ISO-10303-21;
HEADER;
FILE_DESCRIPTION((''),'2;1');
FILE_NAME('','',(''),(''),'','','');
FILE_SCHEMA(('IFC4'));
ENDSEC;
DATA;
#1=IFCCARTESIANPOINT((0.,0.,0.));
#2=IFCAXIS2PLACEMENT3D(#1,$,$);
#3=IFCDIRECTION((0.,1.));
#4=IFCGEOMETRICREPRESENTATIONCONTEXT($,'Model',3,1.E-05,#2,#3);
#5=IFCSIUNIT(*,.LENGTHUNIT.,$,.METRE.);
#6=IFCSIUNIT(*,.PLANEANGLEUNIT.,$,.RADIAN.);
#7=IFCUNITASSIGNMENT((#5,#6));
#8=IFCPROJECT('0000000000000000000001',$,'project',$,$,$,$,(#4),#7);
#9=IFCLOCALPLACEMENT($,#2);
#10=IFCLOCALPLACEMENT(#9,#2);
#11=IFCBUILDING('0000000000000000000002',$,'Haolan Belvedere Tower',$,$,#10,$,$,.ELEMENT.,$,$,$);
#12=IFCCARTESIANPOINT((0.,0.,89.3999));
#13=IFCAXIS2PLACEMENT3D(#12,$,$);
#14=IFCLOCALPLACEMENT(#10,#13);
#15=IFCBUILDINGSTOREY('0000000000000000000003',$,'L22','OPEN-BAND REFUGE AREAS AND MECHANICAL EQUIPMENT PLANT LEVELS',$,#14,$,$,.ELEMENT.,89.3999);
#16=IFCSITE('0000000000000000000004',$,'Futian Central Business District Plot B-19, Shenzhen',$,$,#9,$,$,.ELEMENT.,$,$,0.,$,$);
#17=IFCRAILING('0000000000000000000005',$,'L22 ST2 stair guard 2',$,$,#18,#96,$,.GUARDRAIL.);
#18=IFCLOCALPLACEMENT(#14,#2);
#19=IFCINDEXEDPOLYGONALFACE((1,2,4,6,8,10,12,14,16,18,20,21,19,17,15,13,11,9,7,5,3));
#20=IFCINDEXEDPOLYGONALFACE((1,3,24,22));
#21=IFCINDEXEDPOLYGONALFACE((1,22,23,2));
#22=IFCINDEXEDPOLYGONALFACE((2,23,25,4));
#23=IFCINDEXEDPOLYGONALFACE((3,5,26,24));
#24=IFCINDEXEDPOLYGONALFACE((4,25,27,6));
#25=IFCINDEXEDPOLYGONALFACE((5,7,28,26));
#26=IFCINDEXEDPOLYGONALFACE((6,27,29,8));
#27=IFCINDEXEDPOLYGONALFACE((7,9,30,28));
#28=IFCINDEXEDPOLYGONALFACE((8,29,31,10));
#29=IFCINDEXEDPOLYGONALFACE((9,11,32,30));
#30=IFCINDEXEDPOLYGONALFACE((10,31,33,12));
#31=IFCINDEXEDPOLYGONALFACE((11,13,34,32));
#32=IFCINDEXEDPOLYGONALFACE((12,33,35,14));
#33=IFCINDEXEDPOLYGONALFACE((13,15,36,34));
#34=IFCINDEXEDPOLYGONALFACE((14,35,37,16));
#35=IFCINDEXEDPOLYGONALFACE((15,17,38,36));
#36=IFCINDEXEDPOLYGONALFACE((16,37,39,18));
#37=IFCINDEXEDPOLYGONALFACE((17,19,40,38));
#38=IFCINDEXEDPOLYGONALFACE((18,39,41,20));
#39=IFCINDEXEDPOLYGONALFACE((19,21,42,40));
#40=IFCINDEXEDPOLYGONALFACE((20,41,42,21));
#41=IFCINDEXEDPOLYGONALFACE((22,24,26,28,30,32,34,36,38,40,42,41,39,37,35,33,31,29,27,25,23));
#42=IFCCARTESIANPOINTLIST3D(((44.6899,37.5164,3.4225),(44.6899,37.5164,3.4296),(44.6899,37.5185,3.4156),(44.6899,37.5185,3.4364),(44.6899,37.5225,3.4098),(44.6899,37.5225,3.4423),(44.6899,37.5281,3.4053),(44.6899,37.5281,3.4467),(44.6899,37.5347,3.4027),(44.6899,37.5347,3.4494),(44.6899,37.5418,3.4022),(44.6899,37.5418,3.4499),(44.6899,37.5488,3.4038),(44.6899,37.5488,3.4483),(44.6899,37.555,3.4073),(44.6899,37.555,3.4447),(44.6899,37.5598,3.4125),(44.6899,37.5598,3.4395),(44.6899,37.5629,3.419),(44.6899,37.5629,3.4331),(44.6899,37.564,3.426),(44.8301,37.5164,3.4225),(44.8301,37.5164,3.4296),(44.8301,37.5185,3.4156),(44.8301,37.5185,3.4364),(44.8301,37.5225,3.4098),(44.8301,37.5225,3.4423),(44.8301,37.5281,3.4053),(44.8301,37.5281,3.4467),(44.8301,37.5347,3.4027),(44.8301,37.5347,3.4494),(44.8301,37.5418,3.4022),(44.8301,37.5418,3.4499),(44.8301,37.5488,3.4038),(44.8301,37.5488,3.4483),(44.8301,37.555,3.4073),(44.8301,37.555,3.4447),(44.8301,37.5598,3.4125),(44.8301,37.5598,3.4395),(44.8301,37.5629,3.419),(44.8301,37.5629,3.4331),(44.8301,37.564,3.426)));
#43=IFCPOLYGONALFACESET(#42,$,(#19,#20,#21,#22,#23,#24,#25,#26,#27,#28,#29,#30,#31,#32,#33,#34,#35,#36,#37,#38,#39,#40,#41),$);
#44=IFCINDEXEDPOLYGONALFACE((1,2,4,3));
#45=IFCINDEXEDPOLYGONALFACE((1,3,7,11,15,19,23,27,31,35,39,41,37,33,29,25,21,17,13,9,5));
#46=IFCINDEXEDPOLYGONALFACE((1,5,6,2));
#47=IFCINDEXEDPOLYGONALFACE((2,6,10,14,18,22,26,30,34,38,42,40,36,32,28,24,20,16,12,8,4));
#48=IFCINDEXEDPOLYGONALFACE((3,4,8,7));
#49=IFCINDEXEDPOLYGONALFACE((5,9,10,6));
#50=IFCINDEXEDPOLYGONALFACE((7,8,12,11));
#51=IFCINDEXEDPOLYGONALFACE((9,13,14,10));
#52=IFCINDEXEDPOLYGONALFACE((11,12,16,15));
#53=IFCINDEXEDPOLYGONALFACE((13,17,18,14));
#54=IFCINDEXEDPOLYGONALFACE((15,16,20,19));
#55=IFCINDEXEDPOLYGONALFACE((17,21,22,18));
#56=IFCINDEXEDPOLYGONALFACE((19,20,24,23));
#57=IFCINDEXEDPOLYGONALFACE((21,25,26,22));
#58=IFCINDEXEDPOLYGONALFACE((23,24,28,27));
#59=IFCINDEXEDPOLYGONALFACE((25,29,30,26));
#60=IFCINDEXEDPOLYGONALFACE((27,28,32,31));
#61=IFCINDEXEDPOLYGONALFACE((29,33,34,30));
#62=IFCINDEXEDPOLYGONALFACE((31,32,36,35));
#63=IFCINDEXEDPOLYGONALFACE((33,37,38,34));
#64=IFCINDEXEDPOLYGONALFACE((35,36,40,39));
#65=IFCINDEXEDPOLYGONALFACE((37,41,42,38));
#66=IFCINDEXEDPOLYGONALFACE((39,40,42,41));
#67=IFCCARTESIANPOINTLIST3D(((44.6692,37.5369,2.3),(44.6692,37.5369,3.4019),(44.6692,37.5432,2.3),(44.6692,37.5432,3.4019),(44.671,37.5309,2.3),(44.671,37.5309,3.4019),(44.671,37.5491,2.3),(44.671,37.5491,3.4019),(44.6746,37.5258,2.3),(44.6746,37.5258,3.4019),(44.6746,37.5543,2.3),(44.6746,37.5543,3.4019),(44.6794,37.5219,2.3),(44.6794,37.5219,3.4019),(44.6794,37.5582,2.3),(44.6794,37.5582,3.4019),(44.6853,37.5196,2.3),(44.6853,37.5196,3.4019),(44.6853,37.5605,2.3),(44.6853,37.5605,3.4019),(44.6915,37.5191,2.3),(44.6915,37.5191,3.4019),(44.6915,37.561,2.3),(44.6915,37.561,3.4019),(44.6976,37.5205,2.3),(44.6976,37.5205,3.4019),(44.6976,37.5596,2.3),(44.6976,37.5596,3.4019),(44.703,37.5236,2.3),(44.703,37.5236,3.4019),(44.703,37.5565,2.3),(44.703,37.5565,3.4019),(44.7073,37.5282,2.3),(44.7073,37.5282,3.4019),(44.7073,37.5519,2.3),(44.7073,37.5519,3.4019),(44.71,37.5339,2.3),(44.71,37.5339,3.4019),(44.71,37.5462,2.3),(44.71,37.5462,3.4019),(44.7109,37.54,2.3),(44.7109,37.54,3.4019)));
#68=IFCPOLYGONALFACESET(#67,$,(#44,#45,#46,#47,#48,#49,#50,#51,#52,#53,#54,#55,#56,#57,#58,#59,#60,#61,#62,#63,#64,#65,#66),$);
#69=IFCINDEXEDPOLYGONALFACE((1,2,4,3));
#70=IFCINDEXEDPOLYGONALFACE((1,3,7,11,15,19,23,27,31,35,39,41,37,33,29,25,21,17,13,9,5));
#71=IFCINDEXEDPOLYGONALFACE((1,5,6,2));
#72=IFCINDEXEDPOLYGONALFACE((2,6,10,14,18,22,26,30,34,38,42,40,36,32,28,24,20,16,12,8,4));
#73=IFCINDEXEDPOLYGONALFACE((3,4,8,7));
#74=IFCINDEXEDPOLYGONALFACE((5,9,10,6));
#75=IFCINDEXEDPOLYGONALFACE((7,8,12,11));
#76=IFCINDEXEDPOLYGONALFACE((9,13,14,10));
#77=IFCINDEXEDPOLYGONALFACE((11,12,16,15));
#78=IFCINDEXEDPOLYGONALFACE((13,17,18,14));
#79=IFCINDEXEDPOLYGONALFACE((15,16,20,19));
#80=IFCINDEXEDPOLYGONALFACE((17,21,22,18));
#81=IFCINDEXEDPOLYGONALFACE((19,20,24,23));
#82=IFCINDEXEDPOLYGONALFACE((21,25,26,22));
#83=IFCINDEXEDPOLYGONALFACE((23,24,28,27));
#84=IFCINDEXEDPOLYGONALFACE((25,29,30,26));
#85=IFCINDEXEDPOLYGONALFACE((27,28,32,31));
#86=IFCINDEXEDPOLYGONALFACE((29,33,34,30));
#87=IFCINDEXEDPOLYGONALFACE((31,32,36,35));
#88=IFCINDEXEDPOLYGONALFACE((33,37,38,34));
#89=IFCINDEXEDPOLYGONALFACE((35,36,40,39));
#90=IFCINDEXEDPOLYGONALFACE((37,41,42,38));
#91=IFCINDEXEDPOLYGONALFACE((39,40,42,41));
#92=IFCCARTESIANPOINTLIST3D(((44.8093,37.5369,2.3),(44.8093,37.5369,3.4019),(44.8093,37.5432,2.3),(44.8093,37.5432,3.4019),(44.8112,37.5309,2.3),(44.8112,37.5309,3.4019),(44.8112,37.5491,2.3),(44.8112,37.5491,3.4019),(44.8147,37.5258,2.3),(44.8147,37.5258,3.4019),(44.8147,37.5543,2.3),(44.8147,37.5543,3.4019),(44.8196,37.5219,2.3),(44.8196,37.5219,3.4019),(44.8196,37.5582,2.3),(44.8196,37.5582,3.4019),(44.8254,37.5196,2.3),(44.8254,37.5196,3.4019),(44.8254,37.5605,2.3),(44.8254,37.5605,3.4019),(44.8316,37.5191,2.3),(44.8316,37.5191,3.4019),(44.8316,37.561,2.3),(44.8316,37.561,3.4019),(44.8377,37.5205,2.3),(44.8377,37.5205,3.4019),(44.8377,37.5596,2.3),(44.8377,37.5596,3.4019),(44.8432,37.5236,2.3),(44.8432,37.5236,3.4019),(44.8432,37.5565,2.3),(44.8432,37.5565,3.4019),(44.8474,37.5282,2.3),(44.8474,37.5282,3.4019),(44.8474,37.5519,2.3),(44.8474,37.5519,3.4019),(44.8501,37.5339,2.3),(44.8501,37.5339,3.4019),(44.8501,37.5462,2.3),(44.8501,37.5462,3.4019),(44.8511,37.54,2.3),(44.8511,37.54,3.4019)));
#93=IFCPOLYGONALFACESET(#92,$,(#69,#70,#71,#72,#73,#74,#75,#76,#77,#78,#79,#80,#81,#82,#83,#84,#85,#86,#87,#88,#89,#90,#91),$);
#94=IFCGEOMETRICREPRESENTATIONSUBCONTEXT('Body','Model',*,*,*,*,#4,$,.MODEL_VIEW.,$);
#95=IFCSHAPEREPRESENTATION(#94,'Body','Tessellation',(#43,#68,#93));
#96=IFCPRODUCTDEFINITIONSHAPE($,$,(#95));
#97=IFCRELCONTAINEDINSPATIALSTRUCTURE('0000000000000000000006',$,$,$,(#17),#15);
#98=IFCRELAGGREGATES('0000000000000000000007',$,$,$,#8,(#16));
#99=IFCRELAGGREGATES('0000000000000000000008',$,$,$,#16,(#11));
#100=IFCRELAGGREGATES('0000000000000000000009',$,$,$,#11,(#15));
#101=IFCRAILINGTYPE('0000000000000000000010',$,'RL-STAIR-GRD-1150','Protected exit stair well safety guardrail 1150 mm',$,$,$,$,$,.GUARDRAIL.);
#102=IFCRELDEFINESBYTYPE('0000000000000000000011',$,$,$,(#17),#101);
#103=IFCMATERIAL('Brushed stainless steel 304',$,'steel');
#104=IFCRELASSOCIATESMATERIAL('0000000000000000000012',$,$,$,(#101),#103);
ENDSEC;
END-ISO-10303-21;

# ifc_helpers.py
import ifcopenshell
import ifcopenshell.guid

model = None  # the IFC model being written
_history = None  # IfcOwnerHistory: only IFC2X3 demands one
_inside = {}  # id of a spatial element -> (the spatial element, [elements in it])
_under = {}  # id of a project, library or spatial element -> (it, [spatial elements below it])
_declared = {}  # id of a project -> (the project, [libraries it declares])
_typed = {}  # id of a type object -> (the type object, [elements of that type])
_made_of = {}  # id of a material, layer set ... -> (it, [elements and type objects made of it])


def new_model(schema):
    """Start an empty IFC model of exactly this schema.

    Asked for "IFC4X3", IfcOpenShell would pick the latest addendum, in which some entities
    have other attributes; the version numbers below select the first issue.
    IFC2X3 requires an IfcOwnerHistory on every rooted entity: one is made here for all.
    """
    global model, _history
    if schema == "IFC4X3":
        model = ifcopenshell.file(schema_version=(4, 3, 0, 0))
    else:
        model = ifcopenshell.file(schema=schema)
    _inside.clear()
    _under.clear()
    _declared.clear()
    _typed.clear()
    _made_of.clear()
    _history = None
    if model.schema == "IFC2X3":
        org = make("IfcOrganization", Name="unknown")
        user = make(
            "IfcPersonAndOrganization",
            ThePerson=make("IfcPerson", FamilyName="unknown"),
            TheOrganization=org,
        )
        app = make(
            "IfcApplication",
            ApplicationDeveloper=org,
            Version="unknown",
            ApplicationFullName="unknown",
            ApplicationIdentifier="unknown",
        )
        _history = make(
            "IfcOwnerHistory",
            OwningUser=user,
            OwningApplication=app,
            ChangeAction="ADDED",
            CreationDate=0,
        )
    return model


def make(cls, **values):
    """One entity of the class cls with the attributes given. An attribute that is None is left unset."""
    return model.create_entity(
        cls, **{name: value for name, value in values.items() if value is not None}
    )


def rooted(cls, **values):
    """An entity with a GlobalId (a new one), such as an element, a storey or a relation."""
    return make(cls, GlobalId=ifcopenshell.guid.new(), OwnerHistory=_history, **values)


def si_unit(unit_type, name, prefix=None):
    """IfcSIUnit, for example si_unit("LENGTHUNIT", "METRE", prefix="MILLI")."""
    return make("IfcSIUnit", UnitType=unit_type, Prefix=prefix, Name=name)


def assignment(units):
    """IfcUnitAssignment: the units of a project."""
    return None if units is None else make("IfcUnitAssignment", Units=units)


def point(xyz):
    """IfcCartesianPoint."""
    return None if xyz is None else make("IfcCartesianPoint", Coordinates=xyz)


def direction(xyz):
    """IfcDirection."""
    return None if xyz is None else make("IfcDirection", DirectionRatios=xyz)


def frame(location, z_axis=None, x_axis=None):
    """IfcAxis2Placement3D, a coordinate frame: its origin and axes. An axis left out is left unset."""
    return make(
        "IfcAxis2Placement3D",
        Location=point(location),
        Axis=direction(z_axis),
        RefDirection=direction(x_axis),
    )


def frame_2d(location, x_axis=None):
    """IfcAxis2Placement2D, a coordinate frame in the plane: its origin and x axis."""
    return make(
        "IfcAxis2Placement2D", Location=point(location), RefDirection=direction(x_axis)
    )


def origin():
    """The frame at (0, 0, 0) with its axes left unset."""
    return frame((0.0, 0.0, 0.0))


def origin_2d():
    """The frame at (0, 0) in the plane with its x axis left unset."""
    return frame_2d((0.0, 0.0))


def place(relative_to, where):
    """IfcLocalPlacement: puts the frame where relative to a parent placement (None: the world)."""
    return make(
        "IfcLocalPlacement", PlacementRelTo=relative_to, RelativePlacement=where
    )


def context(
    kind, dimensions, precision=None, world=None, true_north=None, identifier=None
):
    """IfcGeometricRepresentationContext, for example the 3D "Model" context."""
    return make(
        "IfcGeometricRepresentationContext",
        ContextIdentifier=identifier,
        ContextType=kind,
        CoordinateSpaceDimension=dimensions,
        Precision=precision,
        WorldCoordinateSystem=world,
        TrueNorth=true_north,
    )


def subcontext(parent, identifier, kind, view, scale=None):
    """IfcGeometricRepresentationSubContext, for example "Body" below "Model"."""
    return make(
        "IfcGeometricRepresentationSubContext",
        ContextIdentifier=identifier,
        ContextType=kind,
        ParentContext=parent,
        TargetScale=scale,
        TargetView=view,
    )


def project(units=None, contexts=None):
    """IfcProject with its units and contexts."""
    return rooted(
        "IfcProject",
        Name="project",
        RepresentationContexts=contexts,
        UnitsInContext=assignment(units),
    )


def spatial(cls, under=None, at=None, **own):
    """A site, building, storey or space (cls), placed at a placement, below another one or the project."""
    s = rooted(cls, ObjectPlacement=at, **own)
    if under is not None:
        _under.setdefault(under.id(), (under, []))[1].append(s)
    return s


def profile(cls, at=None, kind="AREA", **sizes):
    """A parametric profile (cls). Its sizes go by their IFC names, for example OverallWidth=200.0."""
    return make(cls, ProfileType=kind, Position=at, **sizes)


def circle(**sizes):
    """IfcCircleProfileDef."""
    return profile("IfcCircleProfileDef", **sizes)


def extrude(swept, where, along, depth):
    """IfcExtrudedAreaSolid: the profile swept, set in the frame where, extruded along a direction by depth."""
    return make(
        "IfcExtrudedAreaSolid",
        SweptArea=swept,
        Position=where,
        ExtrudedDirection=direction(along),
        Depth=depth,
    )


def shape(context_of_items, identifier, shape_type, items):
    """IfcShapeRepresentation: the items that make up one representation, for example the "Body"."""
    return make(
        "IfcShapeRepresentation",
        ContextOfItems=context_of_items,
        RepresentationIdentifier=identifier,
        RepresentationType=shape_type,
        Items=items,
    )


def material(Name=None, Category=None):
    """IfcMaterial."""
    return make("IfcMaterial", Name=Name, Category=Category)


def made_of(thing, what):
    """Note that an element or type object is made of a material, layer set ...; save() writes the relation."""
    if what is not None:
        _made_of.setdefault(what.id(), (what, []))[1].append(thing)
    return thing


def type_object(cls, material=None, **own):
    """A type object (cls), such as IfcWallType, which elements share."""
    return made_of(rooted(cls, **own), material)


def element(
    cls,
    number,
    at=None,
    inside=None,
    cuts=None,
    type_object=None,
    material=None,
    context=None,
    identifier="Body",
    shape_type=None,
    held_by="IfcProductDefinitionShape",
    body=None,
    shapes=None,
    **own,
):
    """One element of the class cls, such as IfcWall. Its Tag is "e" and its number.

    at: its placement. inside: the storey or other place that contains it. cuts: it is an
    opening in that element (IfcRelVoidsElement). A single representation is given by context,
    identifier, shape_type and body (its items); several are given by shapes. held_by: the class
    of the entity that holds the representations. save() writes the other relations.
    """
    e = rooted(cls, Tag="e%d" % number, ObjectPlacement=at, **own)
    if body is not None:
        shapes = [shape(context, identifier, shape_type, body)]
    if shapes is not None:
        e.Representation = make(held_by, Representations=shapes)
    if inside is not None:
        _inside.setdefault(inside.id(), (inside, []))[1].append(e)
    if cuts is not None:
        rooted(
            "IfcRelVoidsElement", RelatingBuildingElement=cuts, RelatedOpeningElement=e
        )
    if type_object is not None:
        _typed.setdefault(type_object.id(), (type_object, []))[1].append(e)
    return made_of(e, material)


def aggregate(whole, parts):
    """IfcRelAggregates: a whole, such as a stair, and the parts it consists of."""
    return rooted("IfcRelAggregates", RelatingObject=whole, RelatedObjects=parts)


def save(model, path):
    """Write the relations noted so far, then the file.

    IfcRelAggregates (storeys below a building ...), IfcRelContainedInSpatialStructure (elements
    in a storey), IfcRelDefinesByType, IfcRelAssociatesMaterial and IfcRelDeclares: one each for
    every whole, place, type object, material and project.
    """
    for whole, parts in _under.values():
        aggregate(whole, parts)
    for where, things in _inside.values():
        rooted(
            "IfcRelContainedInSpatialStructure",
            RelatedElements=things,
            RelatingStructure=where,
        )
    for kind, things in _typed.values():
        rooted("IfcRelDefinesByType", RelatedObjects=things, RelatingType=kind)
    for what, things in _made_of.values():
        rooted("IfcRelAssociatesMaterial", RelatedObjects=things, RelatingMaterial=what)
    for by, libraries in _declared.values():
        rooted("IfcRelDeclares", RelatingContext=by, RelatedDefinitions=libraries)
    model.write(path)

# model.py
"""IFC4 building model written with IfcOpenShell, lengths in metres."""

from ifc_helpers import new_model, si_unit, direction, frame, origin, origin_2d, place, context, subcontext, project, spatial, circle, extrude, material, type_object, element, save


model = new_model("IFC4")

# Units and contexts
model_context = context("Model", 3, precision=1e-05, world=origin(), true_north=direction((0.0, 1.0)))
body_context = subcontext(model_context, "Body", "Model", "MODEL_VIEW")
ifc_project = project(units=[si_unit("LENGTHUNIT", "METRE"), si_unit("PLANEANGLEUNIT", "RADIAN")], contexts=[model_context])

# Site, building, storey
site_placement = place(None, origin())
site = spatial("IfcSite", under=ifc_project, at=site_placement, Name="Futian Central Business District Plot B-19, Shenzhen", CompositionType="ELEMENT", RefElevation=0.0)
building_placement = place(site_placement, origin())
building = spatial("IfcBuilding", under=site, at=building_placement, Name="Haolan Belvedere Tower", CompositionType="ELEMENT")
storey_placement = place(building_placement, frame((0.0, 0.0, 89.3999)))
storey = spatial("IfcBuildingStorey", under=building, at=storey_placement, Name="L22", Description="OPEN-BAND REFUGE AREAS AND MECHANICAL EQUIPMENT PLANT LEVELS", CompositionType="ELEMENT", Elevation=89.3999)

# Railing
ifc_material_1 = material(Name="Brushed stainless steel 304", Category="steel")
railing_type_1 = type_object("IfcRailingType", Name="RL-STAIR-GRD-1150", Description="Protected exit stair well safety guardrail 1150 mm", PredefinedType="GUARDRAIL", material=ifc_material_1)
railing_1_placement = place(storey_placement, frame((44.6899, 37.54, 2.3)))
element("IfcRailing", 1, at=railing_1_placement, inside=storey, type_object=railing_type_1, Name="L22 ST2 stair guard 2", PredefinedType="GUARDRAIL", context=body_context, shape_type="SweptSolid", body=[
    extrude(circle(Radius=0.0239, at=origin_2d()), frame((0.0, 0.0, 1.126), z_axis=(1.0, 0.0, 0.0), x_axis=(0.0, 1.0, 0.0)), (0.0, 0.0, 1.0), 0.1401),
    extrude(circle(Radius=0.021, at=origin_2d()), origin(), (0.0, 0.0, 1.0), 1.1018),
    extrude(circle(Radius=0.021, at=origin_2d()), frame((0.1401, 0.0, 0.0)), (0.0, 0.0, 1.0), 1.1018),
])

save(model, "model.ifc")
